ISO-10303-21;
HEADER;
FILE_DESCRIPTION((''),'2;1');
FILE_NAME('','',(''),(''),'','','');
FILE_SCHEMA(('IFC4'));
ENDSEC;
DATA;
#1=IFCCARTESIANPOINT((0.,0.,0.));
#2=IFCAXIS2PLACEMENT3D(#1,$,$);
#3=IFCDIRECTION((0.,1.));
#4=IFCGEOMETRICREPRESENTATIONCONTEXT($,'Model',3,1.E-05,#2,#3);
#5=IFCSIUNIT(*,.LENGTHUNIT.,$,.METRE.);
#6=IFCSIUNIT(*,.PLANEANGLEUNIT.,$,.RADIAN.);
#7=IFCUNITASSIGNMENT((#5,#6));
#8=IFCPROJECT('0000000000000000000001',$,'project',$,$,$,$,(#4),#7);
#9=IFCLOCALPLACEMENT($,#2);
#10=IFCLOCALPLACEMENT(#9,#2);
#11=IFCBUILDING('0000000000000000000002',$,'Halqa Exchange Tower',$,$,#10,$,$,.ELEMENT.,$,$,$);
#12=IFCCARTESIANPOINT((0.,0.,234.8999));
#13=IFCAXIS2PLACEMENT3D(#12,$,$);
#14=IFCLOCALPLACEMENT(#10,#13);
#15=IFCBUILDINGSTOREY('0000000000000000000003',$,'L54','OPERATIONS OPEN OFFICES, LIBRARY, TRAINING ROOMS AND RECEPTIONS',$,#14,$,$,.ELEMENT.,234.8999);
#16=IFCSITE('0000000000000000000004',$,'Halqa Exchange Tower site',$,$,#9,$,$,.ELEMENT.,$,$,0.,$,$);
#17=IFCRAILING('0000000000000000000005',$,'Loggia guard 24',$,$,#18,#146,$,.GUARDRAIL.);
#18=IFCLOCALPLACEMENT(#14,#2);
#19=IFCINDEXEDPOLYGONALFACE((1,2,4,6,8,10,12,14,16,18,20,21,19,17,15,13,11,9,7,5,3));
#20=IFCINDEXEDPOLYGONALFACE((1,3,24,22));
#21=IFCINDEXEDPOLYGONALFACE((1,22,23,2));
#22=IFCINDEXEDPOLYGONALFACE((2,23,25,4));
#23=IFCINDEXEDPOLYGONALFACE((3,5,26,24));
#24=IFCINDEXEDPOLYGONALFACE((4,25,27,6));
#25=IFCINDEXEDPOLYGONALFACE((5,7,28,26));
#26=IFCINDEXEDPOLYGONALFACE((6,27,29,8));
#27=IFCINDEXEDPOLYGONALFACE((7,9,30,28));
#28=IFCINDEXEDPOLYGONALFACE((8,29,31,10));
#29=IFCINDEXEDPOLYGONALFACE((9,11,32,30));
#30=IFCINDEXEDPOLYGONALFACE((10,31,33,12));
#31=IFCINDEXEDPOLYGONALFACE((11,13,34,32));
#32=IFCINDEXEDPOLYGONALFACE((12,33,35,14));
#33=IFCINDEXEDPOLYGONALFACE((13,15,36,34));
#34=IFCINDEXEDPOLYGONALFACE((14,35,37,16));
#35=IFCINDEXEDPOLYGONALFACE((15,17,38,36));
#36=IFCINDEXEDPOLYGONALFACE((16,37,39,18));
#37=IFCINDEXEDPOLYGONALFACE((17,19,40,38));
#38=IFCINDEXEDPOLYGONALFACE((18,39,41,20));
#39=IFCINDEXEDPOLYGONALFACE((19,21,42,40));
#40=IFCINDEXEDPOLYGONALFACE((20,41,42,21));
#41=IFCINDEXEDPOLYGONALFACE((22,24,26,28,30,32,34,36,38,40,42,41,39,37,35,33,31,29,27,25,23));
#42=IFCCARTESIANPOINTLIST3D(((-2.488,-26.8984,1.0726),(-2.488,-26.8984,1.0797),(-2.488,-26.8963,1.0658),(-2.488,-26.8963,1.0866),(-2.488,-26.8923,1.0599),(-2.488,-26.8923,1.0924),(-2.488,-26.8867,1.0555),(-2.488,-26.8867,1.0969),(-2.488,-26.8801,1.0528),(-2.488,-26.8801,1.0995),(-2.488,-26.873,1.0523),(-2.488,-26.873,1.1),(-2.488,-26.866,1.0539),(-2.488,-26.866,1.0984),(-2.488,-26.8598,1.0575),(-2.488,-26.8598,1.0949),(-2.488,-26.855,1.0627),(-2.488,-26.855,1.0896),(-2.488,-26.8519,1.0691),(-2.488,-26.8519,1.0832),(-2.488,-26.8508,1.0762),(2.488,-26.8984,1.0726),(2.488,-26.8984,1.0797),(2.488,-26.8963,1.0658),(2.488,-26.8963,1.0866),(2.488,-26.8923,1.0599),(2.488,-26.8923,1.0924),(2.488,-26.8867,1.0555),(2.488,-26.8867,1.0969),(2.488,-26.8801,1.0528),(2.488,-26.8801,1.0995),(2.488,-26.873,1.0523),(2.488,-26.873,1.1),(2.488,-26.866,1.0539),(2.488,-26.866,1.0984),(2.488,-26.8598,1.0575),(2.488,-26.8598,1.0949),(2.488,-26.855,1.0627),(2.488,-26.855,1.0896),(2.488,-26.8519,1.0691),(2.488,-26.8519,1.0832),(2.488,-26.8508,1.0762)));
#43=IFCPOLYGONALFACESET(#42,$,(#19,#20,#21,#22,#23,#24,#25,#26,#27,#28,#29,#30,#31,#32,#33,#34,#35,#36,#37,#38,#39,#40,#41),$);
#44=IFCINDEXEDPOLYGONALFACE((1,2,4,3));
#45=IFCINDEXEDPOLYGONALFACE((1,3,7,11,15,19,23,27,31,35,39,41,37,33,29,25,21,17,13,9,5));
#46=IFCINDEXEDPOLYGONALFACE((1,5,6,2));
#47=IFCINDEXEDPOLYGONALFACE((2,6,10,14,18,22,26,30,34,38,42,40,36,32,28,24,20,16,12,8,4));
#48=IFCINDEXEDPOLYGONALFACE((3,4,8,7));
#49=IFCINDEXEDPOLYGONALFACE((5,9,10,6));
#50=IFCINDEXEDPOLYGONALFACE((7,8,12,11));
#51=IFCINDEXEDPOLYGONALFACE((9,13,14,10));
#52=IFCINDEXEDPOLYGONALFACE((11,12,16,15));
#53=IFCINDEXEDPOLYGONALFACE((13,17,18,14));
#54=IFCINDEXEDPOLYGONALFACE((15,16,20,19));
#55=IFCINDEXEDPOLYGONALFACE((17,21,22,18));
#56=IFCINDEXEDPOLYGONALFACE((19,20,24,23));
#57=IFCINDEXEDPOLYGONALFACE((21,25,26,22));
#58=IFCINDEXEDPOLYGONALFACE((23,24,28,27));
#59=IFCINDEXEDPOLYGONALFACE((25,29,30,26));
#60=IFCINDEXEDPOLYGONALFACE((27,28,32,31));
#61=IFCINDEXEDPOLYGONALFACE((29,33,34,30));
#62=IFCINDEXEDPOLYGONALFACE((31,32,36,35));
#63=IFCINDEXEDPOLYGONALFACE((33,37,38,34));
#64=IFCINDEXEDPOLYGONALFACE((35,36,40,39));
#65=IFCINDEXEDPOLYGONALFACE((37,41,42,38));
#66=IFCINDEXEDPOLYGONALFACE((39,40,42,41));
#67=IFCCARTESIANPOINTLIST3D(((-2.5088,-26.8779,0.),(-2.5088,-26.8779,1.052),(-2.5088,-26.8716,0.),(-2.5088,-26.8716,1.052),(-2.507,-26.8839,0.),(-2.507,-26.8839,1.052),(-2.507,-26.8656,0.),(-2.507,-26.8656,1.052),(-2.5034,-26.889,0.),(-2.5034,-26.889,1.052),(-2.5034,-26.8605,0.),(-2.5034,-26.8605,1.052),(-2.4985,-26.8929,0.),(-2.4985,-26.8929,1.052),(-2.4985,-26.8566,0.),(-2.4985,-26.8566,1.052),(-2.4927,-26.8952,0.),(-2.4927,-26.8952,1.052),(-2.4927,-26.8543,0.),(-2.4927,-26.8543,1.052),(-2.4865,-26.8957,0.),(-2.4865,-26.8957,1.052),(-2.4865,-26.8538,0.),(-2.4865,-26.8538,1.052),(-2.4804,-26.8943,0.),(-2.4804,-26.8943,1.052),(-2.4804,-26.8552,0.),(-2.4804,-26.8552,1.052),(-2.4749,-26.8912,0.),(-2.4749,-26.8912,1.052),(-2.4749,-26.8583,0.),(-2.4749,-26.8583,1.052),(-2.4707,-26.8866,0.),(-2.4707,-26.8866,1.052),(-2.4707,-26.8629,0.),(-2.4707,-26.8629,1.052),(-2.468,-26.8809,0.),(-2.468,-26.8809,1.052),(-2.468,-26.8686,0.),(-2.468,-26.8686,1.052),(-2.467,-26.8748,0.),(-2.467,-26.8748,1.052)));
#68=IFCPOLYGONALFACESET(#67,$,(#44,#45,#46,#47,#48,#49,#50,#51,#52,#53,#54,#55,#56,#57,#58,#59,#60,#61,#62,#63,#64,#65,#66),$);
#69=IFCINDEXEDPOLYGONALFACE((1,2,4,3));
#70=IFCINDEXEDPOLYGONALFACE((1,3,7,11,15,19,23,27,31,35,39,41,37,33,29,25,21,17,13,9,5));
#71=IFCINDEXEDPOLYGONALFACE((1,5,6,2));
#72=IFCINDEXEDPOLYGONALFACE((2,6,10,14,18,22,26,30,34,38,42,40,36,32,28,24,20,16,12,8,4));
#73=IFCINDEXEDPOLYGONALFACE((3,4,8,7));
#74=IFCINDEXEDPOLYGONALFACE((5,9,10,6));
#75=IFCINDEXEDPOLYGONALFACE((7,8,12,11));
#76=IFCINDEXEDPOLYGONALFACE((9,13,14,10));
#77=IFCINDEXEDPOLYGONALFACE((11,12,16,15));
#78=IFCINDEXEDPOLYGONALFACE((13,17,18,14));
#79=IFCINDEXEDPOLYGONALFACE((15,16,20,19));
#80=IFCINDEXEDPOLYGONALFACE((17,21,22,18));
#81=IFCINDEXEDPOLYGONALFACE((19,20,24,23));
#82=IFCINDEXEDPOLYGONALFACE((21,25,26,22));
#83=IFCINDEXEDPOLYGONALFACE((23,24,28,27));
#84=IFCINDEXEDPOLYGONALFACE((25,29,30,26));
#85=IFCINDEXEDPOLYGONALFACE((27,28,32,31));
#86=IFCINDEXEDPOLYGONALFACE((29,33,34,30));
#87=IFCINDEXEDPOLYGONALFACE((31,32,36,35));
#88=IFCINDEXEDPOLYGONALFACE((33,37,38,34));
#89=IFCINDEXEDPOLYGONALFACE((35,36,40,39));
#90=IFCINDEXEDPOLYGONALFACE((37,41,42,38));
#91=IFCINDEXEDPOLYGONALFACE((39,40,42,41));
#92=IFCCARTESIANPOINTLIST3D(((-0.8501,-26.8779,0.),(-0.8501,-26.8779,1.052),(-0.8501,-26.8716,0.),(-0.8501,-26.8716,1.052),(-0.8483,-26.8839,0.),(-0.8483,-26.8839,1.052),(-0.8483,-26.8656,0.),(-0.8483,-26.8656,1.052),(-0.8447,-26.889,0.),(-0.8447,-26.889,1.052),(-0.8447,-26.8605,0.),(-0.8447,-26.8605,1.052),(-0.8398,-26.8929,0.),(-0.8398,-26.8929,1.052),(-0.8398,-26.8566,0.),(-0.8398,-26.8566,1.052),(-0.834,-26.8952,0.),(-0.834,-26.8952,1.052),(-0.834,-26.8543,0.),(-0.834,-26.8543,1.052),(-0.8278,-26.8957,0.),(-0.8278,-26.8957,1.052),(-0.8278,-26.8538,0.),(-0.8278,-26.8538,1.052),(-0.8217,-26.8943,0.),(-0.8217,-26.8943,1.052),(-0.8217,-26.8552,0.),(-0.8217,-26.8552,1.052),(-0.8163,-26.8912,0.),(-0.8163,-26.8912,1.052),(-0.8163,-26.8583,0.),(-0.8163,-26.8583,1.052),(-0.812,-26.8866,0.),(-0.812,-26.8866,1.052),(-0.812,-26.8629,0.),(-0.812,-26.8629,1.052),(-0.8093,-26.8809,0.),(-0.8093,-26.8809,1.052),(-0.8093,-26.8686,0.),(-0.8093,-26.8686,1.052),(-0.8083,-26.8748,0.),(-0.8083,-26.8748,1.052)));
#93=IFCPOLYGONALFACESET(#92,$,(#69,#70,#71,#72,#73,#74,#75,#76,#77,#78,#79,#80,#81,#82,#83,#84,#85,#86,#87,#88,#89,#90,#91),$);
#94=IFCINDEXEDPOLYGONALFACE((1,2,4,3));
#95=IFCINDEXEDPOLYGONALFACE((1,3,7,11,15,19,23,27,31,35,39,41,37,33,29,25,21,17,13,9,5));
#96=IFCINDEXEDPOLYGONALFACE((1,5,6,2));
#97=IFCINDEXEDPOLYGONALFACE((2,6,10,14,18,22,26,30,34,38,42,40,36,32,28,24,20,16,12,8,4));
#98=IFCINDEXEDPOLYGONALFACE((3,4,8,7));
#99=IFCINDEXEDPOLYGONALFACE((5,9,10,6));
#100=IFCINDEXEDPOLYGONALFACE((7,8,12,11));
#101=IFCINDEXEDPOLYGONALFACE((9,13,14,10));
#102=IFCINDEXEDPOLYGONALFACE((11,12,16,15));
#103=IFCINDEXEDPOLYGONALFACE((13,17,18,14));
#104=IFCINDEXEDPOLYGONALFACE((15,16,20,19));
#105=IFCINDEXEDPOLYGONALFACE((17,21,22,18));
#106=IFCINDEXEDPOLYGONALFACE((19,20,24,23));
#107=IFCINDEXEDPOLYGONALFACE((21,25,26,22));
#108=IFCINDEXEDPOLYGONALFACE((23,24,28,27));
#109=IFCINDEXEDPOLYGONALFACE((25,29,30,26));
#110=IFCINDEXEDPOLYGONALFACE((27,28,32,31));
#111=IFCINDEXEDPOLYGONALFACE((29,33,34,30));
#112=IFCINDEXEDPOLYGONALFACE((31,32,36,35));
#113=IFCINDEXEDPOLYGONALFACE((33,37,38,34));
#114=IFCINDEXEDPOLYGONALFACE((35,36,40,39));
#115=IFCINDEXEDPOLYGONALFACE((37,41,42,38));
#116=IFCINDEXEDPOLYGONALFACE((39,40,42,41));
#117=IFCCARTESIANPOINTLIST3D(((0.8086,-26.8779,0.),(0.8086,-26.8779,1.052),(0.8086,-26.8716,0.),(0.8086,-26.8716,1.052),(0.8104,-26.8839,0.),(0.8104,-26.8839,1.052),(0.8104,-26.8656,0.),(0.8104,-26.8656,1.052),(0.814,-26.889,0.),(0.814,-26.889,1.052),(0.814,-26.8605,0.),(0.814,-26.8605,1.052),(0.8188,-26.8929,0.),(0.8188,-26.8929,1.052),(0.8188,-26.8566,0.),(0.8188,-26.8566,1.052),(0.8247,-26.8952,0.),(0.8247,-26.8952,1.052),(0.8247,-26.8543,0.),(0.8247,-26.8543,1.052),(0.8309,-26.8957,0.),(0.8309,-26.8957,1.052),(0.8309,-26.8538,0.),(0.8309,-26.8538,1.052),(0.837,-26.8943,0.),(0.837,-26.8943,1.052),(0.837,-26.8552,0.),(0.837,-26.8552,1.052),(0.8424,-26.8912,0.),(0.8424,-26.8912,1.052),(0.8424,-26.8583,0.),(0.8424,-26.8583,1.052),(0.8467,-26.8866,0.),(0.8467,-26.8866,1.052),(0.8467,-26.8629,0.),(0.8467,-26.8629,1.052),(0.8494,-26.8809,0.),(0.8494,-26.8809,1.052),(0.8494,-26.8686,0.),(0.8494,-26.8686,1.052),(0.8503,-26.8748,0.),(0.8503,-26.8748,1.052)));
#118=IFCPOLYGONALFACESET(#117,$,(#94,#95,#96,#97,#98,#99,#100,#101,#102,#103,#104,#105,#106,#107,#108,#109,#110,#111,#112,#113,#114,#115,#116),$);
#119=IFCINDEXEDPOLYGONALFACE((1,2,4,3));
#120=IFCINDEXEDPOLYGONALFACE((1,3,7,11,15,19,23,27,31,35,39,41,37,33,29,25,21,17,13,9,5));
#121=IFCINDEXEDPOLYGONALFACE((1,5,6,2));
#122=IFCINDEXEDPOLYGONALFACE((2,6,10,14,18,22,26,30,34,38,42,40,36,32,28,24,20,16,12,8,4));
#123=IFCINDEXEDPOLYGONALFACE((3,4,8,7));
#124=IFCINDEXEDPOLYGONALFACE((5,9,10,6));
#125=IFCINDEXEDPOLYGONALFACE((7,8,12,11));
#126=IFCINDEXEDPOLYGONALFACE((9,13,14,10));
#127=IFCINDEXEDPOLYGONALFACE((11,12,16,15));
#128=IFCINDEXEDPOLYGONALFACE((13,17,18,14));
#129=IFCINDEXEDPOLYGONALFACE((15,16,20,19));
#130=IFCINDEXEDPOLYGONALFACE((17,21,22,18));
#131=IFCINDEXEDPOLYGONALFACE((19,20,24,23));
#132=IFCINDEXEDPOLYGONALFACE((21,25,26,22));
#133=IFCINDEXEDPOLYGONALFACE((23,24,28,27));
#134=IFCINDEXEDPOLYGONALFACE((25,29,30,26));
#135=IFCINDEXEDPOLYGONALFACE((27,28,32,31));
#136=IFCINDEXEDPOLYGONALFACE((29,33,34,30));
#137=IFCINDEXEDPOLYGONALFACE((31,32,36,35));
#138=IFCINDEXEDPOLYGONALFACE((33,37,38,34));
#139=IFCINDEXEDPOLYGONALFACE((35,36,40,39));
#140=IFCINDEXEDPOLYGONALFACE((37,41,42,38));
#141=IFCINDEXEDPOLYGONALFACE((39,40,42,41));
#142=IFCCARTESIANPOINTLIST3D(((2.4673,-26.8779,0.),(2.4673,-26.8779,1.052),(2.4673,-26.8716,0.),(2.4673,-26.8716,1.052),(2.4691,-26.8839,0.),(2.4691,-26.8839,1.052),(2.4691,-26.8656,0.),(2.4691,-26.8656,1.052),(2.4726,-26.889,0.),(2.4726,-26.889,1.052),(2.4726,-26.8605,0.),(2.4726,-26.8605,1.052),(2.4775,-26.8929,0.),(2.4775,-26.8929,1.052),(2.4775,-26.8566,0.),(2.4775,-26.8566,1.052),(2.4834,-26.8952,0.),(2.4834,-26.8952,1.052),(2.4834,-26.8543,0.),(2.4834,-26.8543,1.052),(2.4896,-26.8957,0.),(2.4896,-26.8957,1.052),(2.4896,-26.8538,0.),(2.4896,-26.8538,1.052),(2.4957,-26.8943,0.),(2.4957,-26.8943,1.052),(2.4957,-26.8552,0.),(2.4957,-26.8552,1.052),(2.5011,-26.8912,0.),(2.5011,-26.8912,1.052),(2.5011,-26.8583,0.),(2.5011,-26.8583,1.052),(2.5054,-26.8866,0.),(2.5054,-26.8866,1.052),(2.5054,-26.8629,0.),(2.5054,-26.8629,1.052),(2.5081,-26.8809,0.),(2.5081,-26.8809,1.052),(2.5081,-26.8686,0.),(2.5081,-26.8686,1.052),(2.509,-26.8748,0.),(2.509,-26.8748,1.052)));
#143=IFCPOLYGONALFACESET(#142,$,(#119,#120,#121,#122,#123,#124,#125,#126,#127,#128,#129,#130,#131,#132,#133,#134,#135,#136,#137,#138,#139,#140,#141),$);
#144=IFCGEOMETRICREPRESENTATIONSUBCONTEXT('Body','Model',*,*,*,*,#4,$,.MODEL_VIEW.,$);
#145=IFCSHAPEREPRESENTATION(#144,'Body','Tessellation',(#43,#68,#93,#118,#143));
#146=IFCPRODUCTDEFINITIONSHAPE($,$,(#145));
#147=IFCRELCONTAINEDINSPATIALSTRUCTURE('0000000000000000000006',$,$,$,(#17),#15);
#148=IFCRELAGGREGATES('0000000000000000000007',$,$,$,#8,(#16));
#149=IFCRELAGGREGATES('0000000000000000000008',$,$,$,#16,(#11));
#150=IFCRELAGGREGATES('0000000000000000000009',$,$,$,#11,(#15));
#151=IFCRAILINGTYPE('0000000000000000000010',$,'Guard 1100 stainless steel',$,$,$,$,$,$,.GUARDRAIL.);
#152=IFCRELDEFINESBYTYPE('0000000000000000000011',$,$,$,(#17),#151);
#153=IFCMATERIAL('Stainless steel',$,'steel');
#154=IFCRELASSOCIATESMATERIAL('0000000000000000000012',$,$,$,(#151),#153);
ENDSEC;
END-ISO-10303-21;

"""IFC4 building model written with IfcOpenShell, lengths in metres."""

from ifc_helpers import new_model, si_unit, direction, frame, origin, origin_2d, place, context, subcontext, project, spatial, circle, extrude, material, type_object, element, save


model = new_model("IFC4")

# Units and contexts
model_context = context("Model", 3, precision=1e-05, world=origin(), true_north=direction((0.0, 1.0)))
body_context = subcontext(model_context, "Body", "Model", "MODEL_VIEW")
ifc_project = project(units=[si_unit("LENGTHUNIT", "METRE"), si_unit("PLANEANGLEUNIT", "RADIAN")], contexts=[model_context])

# Site, building, storey
site_placement = place(None, origin())
site = spatial("IfcSite", under=ifc_project, at=site_placement, Name="Halqa Exchange Tower site", CompositionType="ELEMENT", RefElevation=0.0)
building_placement = place(site_placement, origin())
building = spatial("IfcBuilding", under=site, at=building_placement, Name="Halqa Exchange Tower", CompositionType="ELEMENT")
storey_placement = place(building_placement, frame((0.0, 0.0, 234.8999)))
storey = spatial("IfcBuildingStorey", under=building, at=storey_placement, Name="L54", Description="OPERATIONS OPEN OFFICES, LIBRARY, TRAINING ROOMS AND RECEPTIONS", CompositionType="ELEMENT", Elevation=234.8999)

# Railing
ifc_material_1 = material(Name="Stainless steel", Category="steel")
railing_type = type_object("IfcRailingType", Name="Guard 1100 stainless steel", PredefinedType="GUARDRAIL", material=ifc_material_1)
railing_1_placement = place(storey_placement, frame((-2.488, -26.8748, 0.0)))
element("IfcRailing", 1, at=railing_1_placement, inside=storey, type_object=railing_type, Name="Loggia guard 24", PredefinedType="GUARDRAIL", context=body_context, shape_type="SweptSolid", body=[
    extrude(circle(Radius=0.0239, at=origin_2d()), frame((0.0, 0.0, 1.0762), z_axis=(1.0, 0.0, 0.0), x_axis=(0.0, 1.0, 0.0)), (0.0, 0.0, 1.0), 4.9761),
    extrude(circle(Radius=0.021, at=origin_2d()), origin(), (0.0, 0.0, 1.0), 1.052),
    extrude(circle(Radius=0.021, at=origin_2d()), frame((1.6587, 0.0, 0.0)), (0.0, 0.0, 1.0), 1.052),
    extrude(circle(Radius=0.021, at=origin_2d()), frame((3.3174, 0.0, 0.0)), (0.0, 0.0, 1.0), 1.052),
    extrude(circle(Radius=0.021, at=origin_2d()), frame((4.9761, 0.0, 0.0)), (0.0, 0.0, 1.0), 1.052),
])

save(model, "model.ifc")
